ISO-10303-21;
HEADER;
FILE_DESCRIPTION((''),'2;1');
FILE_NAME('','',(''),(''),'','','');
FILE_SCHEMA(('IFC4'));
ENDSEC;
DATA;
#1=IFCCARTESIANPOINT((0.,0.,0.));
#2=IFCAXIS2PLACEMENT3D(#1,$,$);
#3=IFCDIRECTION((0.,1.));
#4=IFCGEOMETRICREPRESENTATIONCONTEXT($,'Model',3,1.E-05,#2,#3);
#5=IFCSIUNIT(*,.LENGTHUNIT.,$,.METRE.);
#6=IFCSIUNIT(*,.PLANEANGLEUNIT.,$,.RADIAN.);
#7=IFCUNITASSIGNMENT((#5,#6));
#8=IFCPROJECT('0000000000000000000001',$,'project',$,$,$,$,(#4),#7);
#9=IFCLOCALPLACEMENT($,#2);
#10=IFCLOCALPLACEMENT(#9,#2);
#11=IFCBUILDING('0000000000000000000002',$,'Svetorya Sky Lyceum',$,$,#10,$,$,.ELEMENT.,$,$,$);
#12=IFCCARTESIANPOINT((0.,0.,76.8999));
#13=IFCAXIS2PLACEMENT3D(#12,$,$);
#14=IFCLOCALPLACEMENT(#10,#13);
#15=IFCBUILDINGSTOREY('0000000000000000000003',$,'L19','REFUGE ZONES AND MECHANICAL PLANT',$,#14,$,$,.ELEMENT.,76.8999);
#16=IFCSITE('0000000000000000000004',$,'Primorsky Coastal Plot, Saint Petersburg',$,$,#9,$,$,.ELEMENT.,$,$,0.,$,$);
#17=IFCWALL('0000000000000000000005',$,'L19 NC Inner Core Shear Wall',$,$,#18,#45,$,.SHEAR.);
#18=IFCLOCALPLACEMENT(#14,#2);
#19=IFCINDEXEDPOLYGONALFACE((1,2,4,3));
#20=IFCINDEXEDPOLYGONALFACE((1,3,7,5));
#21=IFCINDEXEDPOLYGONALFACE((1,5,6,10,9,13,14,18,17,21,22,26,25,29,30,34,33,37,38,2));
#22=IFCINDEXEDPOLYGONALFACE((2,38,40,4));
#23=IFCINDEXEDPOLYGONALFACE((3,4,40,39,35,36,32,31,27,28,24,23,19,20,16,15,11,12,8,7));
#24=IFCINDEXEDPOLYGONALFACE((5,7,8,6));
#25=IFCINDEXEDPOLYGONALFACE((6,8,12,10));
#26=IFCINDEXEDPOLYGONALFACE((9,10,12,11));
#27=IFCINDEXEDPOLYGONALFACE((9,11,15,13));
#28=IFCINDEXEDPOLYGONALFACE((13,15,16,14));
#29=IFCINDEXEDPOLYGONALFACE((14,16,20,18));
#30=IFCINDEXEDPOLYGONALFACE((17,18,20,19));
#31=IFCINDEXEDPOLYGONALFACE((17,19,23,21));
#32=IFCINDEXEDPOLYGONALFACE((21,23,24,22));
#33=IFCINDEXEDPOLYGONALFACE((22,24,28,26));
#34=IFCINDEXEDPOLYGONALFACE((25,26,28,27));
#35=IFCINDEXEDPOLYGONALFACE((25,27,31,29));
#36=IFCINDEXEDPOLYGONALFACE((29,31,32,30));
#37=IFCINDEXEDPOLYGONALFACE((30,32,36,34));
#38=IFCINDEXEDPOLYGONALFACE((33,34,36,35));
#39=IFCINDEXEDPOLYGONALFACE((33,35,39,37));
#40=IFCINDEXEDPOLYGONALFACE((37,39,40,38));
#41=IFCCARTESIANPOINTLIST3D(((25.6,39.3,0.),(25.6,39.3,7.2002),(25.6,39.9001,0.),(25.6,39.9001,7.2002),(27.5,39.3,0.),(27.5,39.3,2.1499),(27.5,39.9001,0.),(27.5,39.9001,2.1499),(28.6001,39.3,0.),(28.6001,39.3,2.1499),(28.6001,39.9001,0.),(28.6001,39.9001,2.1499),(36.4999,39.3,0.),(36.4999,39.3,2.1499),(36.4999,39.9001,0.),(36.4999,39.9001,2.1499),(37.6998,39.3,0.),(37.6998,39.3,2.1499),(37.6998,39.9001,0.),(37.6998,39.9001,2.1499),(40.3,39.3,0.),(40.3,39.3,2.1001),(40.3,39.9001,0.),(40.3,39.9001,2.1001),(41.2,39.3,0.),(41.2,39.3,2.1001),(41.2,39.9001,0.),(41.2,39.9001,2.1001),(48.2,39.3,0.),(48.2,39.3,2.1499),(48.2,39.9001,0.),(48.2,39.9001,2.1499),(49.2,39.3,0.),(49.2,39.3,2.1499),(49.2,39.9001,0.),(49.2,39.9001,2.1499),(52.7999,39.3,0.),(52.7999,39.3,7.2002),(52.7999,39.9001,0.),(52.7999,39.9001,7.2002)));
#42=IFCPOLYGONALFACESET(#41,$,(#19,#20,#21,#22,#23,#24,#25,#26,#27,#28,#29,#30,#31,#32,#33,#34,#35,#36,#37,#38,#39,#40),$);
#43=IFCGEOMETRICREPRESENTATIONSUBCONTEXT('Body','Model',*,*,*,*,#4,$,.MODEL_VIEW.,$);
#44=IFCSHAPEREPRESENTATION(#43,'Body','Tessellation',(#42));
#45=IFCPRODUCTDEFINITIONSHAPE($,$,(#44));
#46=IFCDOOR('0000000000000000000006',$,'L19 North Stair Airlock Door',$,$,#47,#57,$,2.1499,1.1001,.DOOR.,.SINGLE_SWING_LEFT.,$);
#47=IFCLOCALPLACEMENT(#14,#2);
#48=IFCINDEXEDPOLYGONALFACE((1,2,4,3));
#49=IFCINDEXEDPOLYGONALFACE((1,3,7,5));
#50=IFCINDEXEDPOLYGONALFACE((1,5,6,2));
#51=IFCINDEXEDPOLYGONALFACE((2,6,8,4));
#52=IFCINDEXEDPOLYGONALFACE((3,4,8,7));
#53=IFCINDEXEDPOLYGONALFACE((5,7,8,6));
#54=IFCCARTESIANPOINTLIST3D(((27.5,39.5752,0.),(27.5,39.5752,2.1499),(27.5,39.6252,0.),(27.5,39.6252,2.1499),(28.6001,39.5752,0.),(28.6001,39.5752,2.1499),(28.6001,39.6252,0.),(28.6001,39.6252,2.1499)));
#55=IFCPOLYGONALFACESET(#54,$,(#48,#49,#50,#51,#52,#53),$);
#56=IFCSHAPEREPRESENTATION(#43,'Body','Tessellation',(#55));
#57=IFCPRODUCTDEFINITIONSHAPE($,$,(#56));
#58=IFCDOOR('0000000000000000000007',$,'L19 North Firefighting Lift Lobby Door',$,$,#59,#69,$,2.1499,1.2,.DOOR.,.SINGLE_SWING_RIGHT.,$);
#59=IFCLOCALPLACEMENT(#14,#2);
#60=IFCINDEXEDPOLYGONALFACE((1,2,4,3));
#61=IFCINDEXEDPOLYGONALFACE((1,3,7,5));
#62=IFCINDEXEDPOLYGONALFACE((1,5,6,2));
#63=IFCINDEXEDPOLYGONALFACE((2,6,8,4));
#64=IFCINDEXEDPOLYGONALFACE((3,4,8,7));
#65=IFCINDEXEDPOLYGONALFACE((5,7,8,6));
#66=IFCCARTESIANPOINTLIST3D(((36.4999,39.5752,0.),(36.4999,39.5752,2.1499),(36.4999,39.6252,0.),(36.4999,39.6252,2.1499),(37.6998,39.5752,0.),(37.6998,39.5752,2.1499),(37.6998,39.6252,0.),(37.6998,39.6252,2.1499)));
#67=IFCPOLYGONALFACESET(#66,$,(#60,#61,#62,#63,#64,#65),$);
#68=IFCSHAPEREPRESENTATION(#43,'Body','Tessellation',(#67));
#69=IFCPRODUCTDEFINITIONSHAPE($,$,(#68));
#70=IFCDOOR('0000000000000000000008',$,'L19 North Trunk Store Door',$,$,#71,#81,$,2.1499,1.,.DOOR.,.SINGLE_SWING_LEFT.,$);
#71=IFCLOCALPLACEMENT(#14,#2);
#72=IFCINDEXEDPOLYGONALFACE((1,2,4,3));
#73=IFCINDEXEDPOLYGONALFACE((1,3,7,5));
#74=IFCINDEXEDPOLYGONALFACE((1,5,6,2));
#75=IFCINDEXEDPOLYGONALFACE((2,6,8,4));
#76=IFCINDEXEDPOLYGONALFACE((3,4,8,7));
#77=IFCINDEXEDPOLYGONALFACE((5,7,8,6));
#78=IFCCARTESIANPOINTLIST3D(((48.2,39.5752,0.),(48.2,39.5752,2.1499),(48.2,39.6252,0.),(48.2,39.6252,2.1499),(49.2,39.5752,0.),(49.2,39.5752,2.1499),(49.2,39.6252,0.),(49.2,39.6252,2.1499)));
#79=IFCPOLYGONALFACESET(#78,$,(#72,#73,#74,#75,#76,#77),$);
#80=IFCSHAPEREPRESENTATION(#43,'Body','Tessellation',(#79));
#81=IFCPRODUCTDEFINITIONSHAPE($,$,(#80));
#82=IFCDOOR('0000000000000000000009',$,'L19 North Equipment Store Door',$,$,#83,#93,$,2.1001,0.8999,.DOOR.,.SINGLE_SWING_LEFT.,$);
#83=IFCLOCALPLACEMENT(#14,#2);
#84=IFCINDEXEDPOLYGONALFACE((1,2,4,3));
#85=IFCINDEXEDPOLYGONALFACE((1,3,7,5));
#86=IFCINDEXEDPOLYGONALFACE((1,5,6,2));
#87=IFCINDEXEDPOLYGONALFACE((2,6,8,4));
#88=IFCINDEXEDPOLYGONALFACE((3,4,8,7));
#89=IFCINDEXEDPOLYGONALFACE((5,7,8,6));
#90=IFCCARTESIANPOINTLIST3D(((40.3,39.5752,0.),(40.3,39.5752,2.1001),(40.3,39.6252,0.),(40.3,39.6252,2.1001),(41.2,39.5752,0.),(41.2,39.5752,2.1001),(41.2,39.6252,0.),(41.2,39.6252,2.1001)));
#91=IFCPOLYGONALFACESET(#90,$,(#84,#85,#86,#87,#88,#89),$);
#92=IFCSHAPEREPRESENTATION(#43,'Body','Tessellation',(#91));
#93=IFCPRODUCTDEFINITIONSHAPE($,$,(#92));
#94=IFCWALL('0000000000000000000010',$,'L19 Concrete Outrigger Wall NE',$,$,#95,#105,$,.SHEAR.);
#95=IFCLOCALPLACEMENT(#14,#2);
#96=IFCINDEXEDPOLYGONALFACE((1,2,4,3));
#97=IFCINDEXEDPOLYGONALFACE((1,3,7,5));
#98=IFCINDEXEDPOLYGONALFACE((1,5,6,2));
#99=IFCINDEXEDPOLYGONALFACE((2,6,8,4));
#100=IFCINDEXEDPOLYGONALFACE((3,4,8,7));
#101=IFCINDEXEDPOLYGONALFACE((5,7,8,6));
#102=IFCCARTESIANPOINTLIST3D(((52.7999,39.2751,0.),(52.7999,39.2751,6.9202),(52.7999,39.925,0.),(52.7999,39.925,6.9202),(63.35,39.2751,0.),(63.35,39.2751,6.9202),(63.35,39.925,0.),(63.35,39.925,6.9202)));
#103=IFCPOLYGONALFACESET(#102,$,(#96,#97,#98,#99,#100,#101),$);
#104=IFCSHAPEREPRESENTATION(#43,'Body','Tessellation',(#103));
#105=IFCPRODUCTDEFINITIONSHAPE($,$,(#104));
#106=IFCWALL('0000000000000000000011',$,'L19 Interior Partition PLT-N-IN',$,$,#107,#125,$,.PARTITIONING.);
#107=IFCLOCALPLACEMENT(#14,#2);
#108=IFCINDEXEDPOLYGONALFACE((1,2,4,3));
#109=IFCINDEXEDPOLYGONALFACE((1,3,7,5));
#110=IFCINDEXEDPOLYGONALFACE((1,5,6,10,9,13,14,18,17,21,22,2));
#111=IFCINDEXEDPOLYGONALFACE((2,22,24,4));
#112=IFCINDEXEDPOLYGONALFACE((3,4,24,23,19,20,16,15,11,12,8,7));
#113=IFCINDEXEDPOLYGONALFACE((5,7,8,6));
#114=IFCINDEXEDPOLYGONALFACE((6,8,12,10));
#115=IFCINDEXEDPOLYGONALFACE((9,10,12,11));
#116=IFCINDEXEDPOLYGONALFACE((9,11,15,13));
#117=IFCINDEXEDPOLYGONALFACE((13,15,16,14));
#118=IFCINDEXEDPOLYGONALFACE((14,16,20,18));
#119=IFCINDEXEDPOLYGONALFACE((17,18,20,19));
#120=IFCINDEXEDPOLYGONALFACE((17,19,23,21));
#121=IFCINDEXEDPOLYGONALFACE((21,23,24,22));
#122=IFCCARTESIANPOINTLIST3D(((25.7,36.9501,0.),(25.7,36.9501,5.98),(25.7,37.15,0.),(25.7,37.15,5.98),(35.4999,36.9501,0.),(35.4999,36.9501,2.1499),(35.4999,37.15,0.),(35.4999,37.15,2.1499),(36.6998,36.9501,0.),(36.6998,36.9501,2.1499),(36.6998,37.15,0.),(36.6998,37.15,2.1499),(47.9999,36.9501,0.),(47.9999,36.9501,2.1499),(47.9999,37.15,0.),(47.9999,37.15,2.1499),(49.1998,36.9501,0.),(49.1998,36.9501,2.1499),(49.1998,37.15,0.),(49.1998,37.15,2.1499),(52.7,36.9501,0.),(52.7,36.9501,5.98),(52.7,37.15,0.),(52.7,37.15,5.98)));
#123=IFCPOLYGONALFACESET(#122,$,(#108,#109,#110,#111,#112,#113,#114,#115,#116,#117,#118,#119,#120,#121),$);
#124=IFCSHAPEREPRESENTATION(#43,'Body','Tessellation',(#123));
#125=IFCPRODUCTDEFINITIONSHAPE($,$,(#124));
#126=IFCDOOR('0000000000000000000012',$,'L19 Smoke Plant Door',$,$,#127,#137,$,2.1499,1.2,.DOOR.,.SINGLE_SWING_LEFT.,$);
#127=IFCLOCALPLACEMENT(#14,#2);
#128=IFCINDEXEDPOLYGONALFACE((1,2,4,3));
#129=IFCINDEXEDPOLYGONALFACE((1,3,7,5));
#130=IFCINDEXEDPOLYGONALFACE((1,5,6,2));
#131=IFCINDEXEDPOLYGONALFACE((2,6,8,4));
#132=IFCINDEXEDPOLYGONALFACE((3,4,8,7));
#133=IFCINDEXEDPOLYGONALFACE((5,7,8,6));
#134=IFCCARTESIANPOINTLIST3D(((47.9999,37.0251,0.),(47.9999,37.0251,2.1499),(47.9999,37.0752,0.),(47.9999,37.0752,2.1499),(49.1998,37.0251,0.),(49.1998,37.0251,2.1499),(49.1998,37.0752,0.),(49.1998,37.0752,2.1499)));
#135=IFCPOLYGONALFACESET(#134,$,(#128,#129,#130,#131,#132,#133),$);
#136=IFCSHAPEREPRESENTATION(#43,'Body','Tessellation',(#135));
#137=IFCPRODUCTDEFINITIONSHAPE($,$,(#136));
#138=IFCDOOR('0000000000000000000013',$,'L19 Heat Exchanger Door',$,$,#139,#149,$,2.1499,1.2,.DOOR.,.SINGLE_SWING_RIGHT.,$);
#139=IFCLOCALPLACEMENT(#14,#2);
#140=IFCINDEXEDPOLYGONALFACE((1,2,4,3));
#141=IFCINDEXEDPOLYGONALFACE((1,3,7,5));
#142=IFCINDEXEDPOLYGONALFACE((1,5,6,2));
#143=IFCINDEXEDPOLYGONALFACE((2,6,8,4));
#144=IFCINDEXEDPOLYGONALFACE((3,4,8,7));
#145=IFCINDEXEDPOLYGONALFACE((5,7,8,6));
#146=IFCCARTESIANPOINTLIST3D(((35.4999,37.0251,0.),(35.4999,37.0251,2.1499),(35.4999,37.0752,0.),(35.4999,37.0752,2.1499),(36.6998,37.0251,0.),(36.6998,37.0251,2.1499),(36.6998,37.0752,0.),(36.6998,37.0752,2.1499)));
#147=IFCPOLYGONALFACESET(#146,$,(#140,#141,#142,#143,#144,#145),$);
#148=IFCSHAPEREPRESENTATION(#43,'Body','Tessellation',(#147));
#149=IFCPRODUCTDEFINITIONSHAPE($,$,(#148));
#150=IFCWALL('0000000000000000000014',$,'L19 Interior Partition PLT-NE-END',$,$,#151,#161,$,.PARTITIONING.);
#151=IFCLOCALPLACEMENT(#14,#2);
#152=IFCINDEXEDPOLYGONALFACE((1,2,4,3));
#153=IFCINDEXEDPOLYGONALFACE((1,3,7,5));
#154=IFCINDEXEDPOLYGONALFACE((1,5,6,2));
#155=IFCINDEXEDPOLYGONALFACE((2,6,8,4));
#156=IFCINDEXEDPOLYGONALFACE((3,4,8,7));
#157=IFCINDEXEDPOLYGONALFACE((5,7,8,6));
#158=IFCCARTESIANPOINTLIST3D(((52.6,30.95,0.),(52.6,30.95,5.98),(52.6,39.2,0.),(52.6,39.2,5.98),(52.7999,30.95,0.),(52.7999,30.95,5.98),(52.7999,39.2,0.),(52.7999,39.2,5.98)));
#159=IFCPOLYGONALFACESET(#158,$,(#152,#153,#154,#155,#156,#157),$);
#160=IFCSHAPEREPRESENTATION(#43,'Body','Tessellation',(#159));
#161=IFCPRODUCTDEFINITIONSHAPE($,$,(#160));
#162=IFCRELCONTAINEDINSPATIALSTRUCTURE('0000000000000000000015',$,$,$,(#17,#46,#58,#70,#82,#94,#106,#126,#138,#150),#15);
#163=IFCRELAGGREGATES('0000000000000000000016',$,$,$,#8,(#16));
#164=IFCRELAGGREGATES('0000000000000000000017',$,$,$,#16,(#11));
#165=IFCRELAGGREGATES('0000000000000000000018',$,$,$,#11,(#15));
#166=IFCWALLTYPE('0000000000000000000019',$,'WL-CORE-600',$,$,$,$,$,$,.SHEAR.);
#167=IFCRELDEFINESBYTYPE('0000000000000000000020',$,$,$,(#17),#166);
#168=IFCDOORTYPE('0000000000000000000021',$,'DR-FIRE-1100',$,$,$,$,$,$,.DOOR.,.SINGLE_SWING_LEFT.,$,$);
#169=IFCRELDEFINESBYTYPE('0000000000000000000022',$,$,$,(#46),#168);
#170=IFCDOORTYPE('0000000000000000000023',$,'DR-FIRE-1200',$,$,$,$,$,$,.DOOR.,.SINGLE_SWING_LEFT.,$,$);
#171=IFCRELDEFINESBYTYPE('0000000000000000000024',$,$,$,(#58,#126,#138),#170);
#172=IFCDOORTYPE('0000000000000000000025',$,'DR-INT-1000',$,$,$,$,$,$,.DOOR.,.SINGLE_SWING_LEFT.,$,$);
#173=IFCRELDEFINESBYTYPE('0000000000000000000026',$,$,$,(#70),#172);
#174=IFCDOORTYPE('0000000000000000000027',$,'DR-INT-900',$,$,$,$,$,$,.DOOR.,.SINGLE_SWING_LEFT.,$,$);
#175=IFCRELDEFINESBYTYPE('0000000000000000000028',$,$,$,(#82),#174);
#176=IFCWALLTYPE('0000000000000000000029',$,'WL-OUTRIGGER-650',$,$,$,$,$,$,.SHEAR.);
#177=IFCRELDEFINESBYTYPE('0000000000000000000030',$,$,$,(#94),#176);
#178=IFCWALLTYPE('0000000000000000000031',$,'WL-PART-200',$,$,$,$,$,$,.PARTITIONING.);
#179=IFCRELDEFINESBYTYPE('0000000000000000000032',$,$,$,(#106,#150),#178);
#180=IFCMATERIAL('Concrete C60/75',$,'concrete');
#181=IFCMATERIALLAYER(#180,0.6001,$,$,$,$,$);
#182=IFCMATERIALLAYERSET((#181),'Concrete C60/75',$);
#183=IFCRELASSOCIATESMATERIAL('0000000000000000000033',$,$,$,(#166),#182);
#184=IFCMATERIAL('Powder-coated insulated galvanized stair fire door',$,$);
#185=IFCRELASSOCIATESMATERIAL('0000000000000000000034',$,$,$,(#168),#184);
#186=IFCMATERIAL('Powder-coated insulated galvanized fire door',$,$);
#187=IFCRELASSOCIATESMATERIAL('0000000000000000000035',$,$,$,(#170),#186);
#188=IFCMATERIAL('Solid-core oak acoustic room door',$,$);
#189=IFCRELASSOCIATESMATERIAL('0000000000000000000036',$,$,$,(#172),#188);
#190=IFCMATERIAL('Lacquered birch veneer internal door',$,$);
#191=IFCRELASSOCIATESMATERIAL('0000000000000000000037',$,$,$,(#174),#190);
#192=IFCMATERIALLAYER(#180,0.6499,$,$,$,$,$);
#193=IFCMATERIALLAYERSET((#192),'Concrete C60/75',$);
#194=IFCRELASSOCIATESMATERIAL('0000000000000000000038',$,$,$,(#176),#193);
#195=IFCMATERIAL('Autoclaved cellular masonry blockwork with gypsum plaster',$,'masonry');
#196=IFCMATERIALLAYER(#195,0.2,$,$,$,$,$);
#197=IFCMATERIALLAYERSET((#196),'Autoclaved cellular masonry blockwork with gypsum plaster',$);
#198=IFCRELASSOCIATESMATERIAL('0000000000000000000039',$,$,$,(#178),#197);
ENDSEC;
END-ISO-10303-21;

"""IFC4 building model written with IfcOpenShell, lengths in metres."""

from ifc_helpers import new_model, si_unit, direction, frame, frame_2d, origin, place, context, subcontext, project, spatial, rectangle, extrude, material, layer, layer_set, type_object, element, fill, save


model = new_model("IFC4")

# Units and contexts
model_context = context("Model", 3, precision=1e-05, world=origin(), true_north=direction((0.0, 1.0)))
body_context = subcontext(model_context, "Body", "Model", "MODEL_VIEW")
ifc_project = project(units=[si_unit("LENGTHUNIT", "METRE"), si_unit("PLANEANGLEUNIT", "RADIAN")], contexts=[model_context])

# Site, building, storey
site_placement = place(None, origin())
site = spatial("IfcSite", under=ifc_project, at=site_placement, Name="Primorsky Coastal Plot, Saint Petersburg", CompositionType="ELEMENT", RefElevation=0.0)
building_placement = place(site_placement, origin())
building = spatial("IfcBuilding", under=site, at=building_placement, Name="Svetorya Sky Lyceum", CompositionType="ELEMENT")
storey_placement = place(building_placement, frame((0.0, 0.0, 76.8999)))
storey = spatial("IfcBuildingStorey", under=building, at=storey_placement, Name="L19", Description="REFUGE ZONES AND MECHANICAL PLANT", CompositionType="ELEMENT", Elevation=76.8999)

# Shared definitions
ifc_material_1 = material(Name="Concrete C60/75", Category="concrete")

# Wall, openings, doors
ifc_layer_1 = layer(ifc_material_1, 0.6001)
ifc_layer_set_1 = layer_set([ifc_layer_1], Name="Concrete C60/75")
wall_type_1 = type_object("IfcWallType", Name="WL-CORE-600", PredefinedType="SHEAR", material=ifc_layer_set_1)
wall_1_placement = place(storey_placement, frame((52.8, 39.6001, 0.0), z_axis=(0.0, 0.0, 1.0), x_axis=(-1.0, 0.0, 0.0)))
wall_1 = element("IfcWall", 1, at=wall_1_placement, inside=storey, type_object=wall_type_1, Name="L19 NC Inner Core Shear Wall", PredefinedType="SHEAR", context=body_context, shape_type="SweptSolid", body=[
    extrude(rectangle(XDim=27.2, YDim=0.6001, at=frame_2d((13.6001, 0.0))), origin(), (0.0, 0.0, 1.0), 7.2002),
])
opening_1_placement = place(wall_1_placement, frame((24.2, 0.0, 0.0)))
opening_1 = element("IfcOpeningElement", 2, at=opening_1_placement, cuts=wall_1, PredefinedType="OPENING", context=body_context, shape_type="SweptSolid", body=[
    extrude(rectangle(XDim=1.1001, YDim=2.1499, at=frame_2d((0.55, 1.075))), frame((0.0, 0.3101, 0.0), z_axis=(0.0, -1.0, 0.0), x_axis=(1.0, 0.0, 0.0)), (0.0, 0.0, 1.0), 0.6201),
])
opening_2_placement = place(wall_1_placement, frame((15.1001, 0.0, 0.0)))
opening_2 = element("IfcOpeningElement", 3, at=opening_2_placement, cuts=wall_1, PredefinedType="OPENING", context=body_context, shape_type="SweptSolid", body=[
    extrude(rectangle(XDim=1.2, YDim=2.1499, at=frame_2d((0.6001, 1.075))), frame((0.0, 0.3101, 0.0), z_axis=(0.0, -1.0, 0.0), x_axis=(1.0, 0.0, 0.0)), (0.0, 0.0, 1.0), 0.6201),
])
opening_3_placement = place(wall_1_placement, frame((11.6001, 0.0, 0.0)))
opening_3 = element("IfcOpeningElement", 4, at=opening_3_placement, cuts=wall_1, PredefinedType="OPENING", context=body_context, shape_type="SweptSolid", body=[
    extrude(rectangle(XDim=0.8999, YDim=2.1001, at=frame_2d((0.45, 1.05))), frame((0.0, 0.3101, 0.0), z_axis=(0.0, -1.0, 0.0), x_axis=(1.0, 0.0, 0.0)), (0.0, 0.0, 1.0), 0.6201),
])
opening_4_placement = place(wall_1_placement, frame((3.6001, 0.0, 0.0)))
opening_4 = element("IfcOpeningElement", 5, at=opening_4_placement, cuts=wall_1, PredefinedType="OPENING", context=body_context, shape_type="SweptSolid", body=[
    extrude(rectangle(XDim=1.0, YDim=2.1499, at=frame_2d((0.5, 1.075))), frame((0.0, 0.3101, 0.0), z_axis=(0.0, -1.0, 0.0), x_axis=(1.0, 0.0, 0.0)), (0.0, 0.0, 1.0), 0.6201),
])
ifc_material_2 = material(Name="Powder-coated insulated galvanized stair fire door")
door_type_1 = type_object("IfcDoorType", Name="DR-FIRE-1100", OperationType="SINGLE_SWING_LEFT", PredefinedType="DOOR", material=ifc_material_2)
door_1_placement = place(opening_1_placement, origin())
door_1 = element("IfcDoor", 6, at=door_1_placement, inside=storey, type_object=door_type_1, Name="L19 North Stair Airlock Door", OperationType="SINGLE_SWING_LEFT", OverallHeight=2.1499, OverallWidth=1.1001, PredefinedType="DOOR", context=body_context, shape_type="SweptSolid", body=[
    extrude(rectangle(XDim=1.1001, YDim=2.1499, at=frame_2d((0.55, 1.075))), frame((0.0, 0.0249, 0.0), z_axis=(0.0, -1.0, 0.0), x_axis=(1.0, 0.0, 0.0)), (0.0, 0.0, 1.0), 0.05),
])
fill(opening_1, door_1)
ifc_material_3 = material(Name="Powder-coated insulated galvanized fire door")
door_type_2 = type_object("IfcDoorType", Name="DR-FIRE-1200", OperationType="SINGLE_SWING_LEFT", PredefinedType="DOOR", material=ifc_material_3)
door_2_placement = place(opening_2_placement, origin())
door_2 = element("IfcDoor", 7, at=door_2_placement, inside=storey, type_object=door_type_2, Name="L19 North Firefighting Lift Lobby Door", OperationType="SINGLE_SWING_RIGHT", OverallHeight=2.1499, OverallWidth=1.2, PredefinedType="DOOR", context=body_context, shape_type="SweptSolid", body=[
    extrude(rectangle(XDim=1.2, YDim=2.1499, at=frame_2d((0.6001, 1.075))), frame((0.0, 0.0249, 0.0), z_axis=(0.0, -1.0, 0.0), x_axis=(1.0, 0.0, 0.0)), (0.0, 0.0, 1.0), 0.05),
])
fill(opening_2, door_2)
ifc_material_4 = material(Name="Solid-core oak acoustic room door")
door_type_3 = type_object("IfcDoorType", Name="DR-INT-1000", OperationType="SINGLE_SWING_LEFT", PredefinedType="DOOR", material=ifc_material_4)
door_3_placement = place(opening_4_placement, origin())
door_3 = element("IfcDoor", 8, at=door_3_placement, inside=storey, type_object=door_type_3, Name="L19 North Trunk Store Door", OperationType="SINGLE_SWING_LEFT", OverallHeight=2.1499, OverallWidth=1.0, PredefinedType="DOOR", context=body_context, shape_type="SweptSolid", body=[
    extrude(rectangle(XDim=1.0, YDim=2.1499, at=frame_2d((0.5, 1.075))), frame((0.0, 0.0249, 0.0), z_axis=(0.0, -1.0, 0.0), x_axis=(1.0, 0.0, 0.0)), (0.0, 0.0, 1.0), 0.05),
])
fill(opening_4, door_3)
ifc_material_5 = material(Name="Lacquered birch veneer internal door")
door_type_4 = type_object("IfcDoorType", Name="DR-INT-900", OperationType="SINGLE_SWING_LEFT", PredefinedType="DOOR", material=ifc_material_5)
door_4_placement = place(opening_3_placement, origin())
door_4 = element("IfcDoor", 9, at=door_4_placement, inside=storey, type_object=door_type_4, Name="L19 North Equipment Store Door", OperationType="SINGLE_SWING_LEFT", OverallHeight=2.1001, OverallWidth=0.8999, PredefinedType="DOOR", context=body_context, shape_type="SweptSolid", body=[
    extrude(rectangle(XDim=0.8999, YDim=2.1001, at=frame_2d((0.45, 1.05))), frame((0.0, 0.0249, 0.0), z_axis=(0.0, -1.0, 0.0), x_axis=(1.0, 0.0, 0.0)), (0.0, 0.0, 1.0), 0.05),
])
fill(opening_3, door_4)

# Wall
ifc_layer_2 = layer(ifc_material_1, 0.6499)
ifc_layer_set_2 = layer_set([ifc_layer_2], Name="Concrete C60/75")
wall_type_2 = type_object("IfcWallType", Name="WL-OUTRIGGER-650", PredefinedType="SHEAR", material=ifc_layer_set_2)
wall_2_placement = place(storey_placement, frame((52.8, 39.6001, 0.0), z_axis=(0.0, 0.0, 1.0), x_axis=(1.0, 0.0, 0.0)))
element("IfcWall", 10, at=wall_2_placement, inside=storey, type_object=wall_type_2, Name="L19 Concrete Outrigger Wall NE", PredefinedType="SHEAR", context=body_context, shape_type="SweptSolid", body=[
    extrude(rectangle(XDim=10.55, YDim=0.6499, at=frame_2d((5.2749, 0.0))), origin(), (0.0, 0.0, 1.0), 6.9202),
])

# Wall, openings, doors
ifc_material_6 = material(Name="Autoclaved cellular masonry blockwork with gypsum plaster", Category="masonry")
ifc_layer_3 = layer(ifc_material_6, 0.2)
ifc_layer_set_3 = layer_set([ifc_layer_3], Name="Autoclaved cellular masonry blockwork with gypsum plaster")
wall_type_3 = type_object("IfcWallType", Name="WL-PART-200", PredefinedType="PARTITIONING", material=ifc_layer_set_3)
wall_3_placement = place(storey_placement, frame((52.7, 37.05, 0.0), z_axis=(0.0, 0.0, 1.0), x_axis=(-1.0, 0.0, 0.0)))
wall_3 = element("IfcWall", 11, at=wall_3_placement, inside=storey, type_object=wall_type_3, Name="L19 Interior Partition PLT-N-IN", PredefinedType="PARTITIONING", context=body_context, shape_type="SweptSolid", body=[
    extrude(rectangle(XDim=27.0, YDim=0.2, at=frame_2d((13.5, 0.0))), origin(), (0.0, 0.0, 1.0), 5.98),
])
opening_5_placement = place(wall_3_placement, frame((3.5, 0.0, 0.0)))
opening_5 = element("IfcOpeningElement", 12, at=opening_5_placement, cuts=wall_3, PredefinedType="OPENING", context=body_context, shape_type="SweptSolid", body=[
    extrude(rectangle(XDim=1.2, YDim=2.1499, at=frame_2d((0.6001, 1.075))), frame((0.0, 0.1099, 0.0), z_axis=(0.0, -1.0, 0.0), x_axis=(1.0, 0.0, 0.0)), (0.0, 0.0, 1.0), 0.22),
])
opening_6_placement = place(wall_3_placement, frame((16.0, 0.0, 0.0)))
opening_6 = element("IfcOpeningElement", 13, at=opening_6_placement, cuts=wall_3, PredefinedType="OPENING", context=body_context, shape_type="SweptSolid", body=[
    extrude(rectangle(XDim=1.2, YDim=2.1499, at=frame_2d((0.6001, 1.075))), frame((0.0, 0.1099, 0.0), z_axis=(0.0, -1.0, 0.0), x_axis=(1.0, 0.0, 0.0)), (0.0, 0.0, 1.0), 0.22),
])
door_5_placement = place(opening_5_placement, origin())
door_5 = element("IfcDoor", 14, at=door_5_placement, inside=storey, type_object=door_type_2, Name="L19 Smoke Plant Door", OperationType="SINGLE_SWING_LEFT", OverallHeight=2.1499, OverallWidth=1.2, PredefinedType="DOOR", context=body_context, shape_type="SweptSolid", body=[
    extrude(rectangle(XDim=1.2, YDim=2.1499, at=frame_2d((0.6001, 1.075))), frame((0.0, 0.0249, 0.0), z_axis=(0.0, -1.0, 0.0), x_axis=(1.0, 0.0, 0.0)), (0.0, 0.0, 1.0), 0.05),
])
fill(opening_5, door_5)
door_6_placement = place(opening_6_placement, origin())
door_6 = element("IfcDoor", 15, at=door_6_placement, inside=storey, type_object=door_type_2, Name="L19 Heat Exchanger Door", OperationType="SINGLE_SWING_RIGHT", OverallHeight=2.1499, OverallWidth=1.2, PredefinedType="DOOR", context=body_context, shape_type="SweptSolid", body=[
    extrude(rectangle(XDim=1.2, YDim=2.1499, at=frame_2d((0.6001, 1.075))), frame((0.0, 0.0249, 0.0), z_axis=(0.0, -1.0, 0.0), x_axis=(1.0, 0.0, 0.0)), (0.0, 0.0, 1.0), 0.05),
])
fill(opening_6, door_6)

# Wall
wall_4_placement = place(storey_placement, frame((52.7, 30.95, 0.0), z_axis=(0.0, 0.0, 1.0), x_axis=(0.0, 1.0, 0.0)))
element("IfcWall", 16, at=wall_4_placement, inside=storey, type_object=wall_type_3, Name="L19 Interior Partition PLT-NE-END", PredefinedType="PARTITIONING", context=body_context, shape_type="SweptSolid", body=[
    extrude(rectangle(XDim=8.25, YDim=0.2, at=frame_2d((4.125, 0.0))), origin(), (0.0, 0.0, 1.0), 5.98),
])

save(model, "model.ifc")
